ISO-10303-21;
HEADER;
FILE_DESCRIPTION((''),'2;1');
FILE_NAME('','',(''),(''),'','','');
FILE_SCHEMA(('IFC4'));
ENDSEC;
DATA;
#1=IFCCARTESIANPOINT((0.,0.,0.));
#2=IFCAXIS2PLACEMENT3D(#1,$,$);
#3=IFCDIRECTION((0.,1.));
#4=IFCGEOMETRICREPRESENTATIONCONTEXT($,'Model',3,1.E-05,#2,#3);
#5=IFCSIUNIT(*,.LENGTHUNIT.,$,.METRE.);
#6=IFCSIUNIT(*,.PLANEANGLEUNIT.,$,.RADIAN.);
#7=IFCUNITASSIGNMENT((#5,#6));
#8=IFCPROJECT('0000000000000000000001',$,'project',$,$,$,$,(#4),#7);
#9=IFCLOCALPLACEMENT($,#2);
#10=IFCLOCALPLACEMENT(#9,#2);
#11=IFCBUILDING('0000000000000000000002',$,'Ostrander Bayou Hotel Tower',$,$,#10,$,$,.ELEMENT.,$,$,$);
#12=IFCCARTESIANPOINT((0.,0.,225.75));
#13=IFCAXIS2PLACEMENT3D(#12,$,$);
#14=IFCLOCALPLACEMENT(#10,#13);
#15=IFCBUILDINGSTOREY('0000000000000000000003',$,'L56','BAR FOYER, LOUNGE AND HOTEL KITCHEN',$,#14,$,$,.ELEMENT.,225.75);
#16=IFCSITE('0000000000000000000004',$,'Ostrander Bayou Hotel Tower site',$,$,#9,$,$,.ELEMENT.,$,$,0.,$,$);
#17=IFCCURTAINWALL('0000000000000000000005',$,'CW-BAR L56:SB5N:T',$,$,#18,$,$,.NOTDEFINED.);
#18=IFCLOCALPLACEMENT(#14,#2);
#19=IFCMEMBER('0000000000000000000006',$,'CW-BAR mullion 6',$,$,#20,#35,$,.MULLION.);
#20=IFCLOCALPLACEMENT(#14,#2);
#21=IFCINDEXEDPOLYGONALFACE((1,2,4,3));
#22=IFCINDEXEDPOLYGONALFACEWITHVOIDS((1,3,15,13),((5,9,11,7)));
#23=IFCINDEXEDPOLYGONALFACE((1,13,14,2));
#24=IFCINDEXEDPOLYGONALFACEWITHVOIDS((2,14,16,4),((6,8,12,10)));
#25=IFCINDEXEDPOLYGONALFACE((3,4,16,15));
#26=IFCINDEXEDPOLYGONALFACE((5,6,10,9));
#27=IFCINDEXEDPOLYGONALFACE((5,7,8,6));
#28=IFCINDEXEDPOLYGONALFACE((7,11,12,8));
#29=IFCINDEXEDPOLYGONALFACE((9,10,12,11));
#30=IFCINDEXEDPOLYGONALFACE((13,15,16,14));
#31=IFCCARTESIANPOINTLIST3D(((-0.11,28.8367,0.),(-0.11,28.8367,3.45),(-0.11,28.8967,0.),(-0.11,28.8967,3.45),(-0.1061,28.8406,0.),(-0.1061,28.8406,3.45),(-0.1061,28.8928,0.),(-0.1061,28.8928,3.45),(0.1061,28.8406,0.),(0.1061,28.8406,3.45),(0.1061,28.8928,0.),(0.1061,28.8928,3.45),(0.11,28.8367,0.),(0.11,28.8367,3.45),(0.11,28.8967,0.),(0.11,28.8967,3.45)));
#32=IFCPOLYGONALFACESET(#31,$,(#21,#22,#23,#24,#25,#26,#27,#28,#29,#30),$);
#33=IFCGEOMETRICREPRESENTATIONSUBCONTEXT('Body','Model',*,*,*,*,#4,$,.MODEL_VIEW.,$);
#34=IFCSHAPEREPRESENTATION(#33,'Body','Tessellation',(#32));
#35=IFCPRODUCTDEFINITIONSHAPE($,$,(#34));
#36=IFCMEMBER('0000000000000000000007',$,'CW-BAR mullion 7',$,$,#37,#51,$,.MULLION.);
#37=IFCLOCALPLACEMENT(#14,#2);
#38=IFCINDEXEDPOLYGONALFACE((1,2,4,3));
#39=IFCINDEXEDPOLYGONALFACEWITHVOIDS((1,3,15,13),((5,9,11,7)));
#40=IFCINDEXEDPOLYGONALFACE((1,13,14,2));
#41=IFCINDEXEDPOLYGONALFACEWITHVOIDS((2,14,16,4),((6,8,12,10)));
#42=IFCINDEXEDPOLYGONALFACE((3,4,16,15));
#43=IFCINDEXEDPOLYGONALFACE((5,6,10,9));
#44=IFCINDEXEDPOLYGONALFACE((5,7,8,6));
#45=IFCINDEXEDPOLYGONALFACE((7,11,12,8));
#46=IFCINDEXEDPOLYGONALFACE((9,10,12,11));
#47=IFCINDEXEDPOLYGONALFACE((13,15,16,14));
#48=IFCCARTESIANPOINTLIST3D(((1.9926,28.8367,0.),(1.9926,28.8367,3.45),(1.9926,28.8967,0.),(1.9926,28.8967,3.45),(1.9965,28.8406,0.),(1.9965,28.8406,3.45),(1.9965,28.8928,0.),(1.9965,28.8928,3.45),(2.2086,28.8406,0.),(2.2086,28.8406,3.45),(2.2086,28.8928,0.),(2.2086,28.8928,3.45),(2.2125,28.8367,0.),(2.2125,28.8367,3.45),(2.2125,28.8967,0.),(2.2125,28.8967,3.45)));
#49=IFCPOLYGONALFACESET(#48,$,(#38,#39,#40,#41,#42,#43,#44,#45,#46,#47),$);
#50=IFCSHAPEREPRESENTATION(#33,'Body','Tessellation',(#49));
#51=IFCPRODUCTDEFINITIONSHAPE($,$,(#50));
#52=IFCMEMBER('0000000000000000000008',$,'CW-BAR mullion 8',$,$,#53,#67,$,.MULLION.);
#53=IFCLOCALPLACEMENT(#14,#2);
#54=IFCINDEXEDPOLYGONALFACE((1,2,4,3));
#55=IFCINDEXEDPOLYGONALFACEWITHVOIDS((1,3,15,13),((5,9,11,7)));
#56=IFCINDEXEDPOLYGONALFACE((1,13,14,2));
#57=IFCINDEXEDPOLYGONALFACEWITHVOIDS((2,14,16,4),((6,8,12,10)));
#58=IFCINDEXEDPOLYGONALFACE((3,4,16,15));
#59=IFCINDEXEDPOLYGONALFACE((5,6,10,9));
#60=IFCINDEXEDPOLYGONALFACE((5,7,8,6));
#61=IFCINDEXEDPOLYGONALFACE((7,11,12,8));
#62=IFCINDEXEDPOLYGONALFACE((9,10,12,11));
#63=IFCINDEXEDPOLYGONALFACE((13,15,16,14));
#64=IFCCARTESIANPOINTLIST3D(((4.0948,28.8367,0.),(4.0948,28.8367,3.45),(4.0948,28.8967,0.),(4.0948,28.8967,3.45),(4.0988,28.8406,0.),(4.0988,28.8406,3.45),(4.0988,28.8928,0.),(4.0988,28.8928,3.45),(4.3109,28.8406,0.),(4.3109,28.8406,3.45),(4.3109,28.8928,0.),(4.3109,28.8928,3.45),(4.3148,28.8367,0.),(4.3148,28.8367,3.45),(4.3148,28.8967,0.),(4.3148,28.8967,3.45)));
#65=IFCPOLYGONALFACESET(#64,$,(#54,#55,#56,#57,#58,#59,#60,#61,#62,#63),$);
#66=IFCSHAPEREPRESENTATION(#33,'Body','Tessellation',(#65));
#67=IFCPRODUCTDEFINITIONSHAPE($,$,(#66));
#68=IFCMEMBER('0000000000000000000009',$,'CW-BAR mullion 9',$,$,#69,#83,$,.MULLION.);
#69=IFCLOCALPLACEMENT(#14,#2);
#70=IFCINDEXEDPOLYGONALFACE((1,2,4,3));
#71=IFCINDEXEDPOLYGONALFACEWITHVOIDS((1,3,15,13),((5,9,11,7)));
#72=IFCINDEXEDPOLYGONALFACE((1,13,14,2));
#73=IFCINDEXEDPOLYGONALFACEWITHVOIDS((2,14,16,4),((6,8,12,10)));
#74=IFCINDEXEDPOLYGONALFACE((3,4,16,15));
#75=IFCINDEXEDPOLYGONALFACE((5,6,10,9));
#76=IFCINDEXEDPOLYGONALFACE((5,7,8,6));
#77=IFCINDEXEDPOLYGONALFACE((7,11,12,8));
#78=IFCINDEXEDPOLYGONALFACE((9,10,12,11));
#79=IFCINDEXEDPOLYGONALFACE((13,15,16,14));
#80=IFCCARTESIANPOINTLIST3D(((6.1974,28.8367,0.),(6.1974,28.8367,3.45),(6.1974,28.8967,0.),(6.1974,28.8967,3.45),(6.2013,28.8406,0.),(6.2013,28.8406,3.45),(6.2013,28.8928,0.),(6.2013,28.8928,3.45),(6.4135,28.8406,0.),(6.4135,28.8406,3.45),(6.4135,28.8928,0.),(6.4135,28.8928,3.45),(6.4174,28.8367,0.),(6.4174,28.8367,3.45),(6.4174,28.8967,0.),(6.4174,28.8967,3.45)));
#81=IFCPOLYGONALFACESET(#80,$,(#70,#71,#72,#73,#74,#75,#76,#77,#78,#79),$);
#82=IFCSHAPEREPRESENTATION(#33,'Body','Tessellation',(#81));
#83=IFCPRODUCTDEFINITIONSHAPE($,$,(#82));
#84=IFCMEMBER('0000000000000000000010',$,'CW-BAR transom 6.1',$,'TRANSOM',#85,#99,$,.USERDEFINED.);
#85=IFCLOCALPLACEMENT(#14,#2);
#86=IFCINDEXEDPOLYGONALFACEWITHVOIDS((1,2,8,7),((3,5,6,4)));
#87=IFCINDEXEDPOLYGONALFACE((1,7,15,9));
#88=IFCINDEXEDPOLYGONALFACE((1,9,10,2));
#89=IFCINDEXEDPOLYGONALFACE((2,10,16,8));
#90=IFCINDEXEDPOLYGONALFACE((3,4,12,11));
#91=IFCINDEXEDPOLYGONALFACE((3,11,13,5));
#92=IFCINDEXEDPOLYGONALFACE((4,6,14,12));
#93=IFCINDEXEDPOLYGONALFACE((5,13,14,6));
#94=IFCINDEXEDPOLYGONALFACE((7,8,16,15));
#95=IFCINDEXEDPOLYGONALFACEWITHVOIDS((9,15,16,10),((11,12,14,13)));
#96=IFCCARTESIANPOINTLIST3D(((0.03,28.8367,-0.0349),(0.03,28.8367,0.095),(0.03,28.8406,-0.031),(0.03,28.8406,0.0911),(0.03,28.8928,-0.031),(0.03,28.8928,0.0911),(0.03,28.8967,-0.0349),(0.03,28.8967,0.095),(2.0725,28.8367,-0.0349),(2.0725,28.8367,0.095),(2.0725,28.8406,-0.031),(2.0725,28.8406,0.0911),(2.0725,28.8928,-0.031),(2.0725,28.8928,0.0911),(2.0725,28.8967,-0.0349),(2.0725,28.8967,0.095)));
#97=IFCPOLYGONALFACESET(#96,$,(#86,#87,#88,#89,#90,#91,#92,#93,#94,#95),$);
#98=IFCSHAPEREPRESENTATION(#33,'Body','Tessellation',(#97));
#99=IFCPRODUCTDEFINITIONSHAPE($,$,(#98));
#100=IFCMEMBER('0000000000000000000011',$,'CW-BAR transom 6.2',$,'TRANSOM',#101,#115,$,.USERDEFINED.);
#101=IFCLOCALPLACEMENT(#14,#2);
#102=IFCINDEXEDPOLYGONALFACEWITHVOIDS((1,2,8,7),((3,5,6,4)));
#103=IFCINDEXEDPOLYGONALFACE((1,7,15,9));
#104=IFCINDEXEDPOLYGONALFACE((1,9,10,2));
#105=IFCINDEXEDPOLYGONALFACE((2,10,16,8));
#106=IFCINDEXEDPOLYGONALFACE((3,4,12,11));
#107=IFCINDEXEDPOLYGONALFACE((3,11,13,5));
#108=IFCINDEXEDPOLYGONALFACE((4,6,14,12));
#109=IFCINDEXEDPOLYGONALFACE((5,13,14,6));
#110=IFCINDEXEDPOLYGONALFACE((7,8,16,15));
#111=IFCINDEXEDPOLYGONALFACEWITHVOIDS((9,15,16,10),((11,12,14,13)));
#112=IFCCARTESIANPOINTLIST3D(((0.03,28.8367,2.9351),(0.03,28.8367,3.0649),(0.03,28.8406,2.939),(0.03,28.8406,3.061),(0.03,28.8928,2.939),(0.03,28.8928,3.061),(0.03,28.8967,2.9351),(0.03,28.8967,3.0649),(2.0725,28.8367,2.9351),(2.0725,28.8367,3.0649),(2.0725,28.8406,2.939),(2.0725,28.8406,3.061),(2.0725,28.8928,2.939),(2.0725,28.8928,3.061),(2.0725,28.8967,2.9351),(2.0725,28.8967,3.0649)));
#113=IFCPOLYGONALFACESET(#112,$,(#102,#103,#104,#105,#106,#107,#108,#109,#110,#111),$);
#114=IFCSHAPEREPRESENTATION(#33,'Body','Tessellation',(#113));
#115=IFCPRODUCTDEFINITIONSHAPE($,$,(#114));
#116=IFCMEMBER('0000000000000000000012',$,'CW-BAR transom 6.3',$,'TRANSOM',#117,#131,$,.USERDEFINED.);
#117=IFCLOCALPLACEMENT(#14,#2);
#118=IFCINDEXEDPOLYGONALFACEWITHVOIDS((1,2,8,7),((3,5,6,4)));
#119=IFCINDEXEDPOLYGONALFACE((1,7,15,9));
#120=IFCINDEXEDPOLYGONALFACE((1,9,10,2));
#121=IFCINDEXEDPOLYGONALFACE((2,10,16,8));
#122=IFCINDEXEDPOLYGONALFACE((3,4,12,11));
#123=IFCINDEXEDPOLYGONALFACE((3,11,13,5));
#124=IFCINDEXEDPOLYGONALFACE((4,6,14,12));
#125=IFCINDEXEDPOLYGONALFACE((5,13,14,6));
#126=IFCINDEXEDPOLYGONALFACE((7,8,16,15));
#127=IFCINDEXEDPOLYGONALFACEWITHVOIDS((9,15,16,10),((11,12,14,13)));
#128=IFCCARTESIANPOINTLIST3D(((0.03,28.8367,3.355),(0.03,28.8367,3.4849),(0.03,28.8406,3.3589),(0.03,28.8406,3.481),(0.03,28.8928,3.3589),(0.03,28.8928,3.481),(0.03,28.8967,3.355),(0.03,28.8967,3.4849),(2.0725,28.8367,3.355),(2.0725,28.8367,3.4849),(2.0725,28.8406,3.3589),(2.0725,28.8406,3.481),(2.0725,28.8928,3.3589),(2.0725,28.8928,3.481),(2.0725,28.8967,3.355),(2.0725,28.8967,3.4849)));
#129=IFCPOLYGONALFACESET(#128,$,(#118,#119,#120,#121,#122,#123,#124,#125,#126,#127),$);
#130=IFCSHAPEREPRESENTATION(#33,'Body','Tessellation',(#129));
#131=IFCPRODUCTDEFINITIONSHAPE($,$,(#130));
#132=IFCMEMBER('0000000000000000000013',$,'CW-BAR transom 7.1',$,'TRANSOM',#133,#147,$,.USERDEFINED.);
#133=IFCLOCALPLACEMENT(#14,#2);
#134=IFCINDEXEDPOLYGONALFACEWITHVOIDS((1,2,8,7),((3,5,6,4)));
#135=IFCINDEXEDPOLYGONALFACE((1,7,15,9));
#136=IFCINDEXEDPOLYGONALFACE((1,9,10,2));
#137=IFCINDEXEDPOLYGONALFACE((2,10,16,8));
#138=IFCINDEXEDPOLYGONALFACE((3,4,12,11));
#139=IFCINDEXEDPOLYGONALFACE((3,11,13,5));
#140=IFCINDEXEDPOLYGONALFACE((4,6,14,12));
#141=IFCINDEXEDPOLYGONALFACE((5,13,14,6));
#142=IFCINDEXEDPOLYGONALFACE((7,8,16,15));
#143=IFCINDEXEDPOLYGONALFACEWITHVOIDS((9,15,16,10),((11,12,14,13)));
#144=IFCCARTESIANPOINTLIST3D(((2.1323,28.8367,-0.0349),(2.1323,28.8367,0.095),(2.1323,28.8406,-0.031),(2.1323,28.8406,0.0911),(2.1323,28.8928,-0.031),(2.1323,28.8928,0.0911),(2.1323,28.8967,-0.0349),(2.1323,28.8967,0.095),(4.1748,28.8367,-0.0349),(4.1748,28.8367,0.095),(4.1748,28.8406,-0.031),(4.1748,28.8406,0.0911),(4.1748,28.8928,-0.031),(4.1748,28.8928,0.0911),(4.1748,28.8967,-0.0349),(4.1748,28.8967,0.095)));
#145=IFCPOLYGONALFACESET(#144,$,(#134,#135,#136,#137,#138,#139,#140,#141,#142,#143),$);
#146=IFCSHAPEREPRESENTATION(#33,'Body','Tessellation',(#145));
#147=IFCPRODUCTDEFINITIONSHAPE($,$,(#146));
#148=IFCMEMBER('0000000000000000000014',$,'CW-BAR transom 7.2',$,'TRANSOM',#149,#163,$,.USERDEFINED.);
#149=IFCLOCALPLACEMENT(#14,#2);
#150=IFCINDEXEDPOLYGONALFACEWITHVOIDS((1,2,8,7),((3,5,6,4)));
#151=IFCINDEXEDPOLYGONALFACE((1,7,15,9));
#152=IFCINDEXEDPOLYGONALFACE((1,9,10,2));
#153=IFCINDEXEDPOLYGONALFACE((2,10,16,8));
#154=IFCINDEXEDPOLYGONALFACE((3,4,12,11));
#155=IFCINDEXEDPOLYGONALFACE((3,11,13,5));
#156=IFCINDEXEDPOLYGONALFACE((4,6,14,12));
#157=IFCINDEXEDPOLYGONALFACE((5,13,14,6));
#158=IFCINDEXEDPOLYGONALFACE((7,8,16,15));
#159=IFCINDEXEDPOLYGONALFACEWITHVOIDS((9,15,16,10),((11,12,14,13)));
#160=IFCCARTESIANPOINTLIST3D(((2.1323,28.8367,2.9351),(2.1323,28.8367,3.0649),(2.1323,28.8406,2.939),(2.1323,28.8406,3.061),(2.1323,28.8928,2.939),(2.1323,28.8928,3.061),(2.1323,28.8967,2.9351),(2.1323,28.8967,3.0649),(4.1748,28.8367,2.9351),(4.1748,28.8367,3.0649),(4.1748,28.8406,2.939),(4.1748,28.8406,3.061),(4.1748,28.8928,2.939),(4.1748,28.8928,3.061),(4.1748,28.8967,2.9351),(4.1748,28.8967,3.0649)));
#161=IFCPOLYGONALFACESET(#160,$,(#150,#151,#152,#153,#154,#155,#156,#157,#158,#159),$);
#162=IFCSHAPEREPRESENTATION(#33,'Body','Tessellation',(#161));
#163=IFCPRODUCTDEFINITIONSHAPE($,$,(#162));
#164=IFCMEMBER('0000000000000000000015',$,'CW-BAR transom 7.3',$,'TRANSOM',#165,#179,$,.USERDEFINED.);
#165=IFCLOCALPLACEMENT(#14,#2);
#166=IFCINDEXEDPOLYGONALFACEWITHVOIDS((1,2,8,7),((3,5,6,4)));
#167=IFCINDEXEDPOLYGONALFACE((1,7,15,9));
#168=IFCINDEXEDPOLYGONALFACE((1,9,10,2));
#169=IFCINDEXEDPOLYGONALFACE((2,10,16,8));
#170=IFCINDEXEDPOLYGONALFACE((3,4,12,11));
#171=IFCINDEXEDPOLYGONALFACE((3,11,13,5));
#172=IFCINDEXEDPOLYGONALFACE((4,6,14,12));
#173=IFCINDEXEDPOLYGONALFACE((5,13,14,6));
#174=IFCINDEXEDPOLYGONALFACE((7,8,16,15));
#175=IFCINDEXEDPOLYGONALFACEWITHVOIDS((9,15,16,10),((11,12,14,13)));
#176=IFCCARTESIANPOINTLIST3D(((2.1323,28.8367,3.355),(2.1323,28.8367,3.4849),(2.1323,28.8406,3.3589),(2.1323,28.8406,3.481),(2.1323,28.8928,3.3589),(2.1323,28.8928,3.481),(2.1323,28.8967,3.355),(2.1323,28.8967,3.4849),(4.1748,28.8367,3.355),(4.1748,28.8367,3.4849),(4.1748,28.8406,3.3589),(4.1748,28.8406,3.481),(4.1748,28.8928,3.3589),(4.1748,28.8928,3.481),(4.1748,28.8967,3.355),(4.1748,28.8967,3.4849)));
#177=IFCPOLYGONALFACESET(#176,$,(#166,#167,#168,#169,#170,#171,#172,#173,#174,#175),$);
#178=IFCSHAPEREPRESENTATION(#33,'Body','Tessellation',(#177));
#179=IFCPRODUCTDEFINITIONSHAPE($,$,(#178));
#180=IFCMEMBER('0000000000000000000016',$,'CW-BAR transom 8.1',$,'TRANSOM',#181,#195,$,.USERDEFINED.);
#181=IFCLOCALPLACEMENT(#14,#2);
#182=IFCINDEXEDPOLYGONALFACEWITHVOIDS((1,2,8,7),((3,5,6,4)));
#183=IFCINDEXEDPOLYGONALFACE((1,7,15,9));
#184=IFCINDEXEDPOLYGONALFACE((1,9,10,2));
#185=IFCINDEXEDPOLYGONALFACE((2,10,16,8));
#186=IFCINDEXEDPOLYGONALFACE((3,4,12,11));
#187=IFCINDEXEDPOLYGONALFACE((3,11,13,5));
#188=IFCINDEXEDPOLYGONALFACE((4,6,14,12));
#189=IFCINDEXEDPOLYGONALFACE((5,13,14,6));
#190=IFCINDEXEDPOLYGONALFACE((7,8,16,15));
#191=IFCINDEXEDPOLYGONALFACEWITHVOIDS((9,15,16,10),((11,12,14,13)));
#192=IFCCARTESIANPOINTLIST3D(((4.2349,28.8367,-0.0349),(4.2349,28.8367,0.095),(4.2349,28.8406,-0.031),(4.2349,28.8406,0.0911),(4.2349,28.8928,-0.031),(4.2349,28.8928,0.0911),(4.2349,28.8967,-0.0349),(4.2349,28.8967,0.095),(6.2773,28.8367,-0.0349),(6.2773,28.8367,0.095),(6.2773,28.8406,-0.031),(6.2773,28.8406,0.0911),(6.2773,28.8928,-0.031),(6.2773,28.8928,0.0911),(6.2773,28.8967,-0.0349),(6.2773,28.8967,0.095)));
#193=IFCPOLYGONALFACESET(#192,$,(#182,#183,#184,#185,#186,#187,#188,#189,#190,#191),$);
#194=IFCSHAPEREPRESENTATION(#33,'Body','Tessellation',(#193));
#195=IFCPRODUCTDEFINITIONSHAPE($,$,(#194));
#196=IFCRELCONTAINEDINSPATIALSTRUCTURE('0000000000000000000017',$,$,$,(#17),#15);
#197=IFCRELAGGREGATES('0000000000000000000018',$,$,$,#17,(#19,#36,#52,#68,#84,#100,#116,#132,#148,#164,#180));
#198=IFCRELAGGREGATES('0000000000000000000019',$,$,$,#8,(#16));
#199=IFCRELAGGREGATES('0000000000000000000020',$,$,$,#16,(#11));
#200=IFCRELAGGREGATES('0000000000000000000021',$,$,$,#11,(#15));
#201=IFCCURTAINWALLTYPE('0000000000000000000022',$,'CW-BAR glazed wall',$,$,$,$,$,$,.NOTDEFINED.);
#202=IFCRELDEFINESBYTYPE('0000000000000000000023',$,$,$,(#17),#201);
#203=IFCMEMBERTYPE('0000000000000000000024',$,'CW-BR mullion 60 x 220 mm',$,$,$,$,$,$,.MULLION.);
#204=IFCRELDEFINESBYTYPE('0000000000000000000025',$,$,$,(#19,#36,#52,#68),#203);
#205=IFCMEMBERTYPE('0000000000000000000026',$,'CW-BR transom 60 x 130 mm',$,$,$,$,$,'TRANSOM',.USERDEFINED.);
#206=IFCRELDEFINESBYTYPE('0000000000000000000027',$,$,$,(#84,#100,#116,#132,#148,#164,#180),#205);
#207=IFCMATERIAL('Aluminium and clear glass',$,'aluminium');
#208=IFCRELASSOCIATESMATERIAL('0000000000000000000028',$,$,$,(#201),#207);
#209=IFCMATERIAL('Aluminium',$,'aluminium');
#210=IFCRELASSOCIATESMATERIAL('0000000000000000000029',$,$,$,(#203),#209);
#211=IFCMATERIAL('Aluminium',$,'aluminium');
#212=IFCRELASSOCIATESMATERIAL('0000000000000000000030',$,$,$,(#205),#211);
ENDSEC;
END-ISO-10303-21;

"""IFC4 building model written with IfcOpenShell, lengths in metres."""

from ifc_helpers import new_model, si_unit, direction, frame, origin, origin_2d, place, context, subcontext, project, spatial, hollow_rectangle, extrude, material, material_profile, profile_set, type_object, element, aggregate, save


model = new_model("IFC4")

# Units and contexts
model_context = context("Model", 3, precision=1e-05, world=origin(), true_north=direction((0.0, 1.0)))
body_context = subcontext(model_context, "Body", "Model", "MODEL_VIEW")
ifc_project = project(units=[si_unit("LENGTHUNIT", "METRE"), si_unit("PLANEANGLEUNIT", "RADIAN")], contexts=[model_context])

# Site, building, storey
site_placement = place(None, origin())
site = spatial("IfcSite", under=ifc_project, at=site_placement, Name="Ostrander Bayou Hotel Tower site", CompositionType="ELEMENT", RefElevation=0.0)
building_placement = place(site_placement, origin())
building = spatial("IfcBuilding", under=site, at=building_placement, Name="Ostrander Bayou Hotel Tower", CompositionType="ELEMENT")
storey_placement = place(building_placement, frame((0.0, 0.0, 225.75)))
storey = spatial("IfcBuildingStorey", under=building, at=storey_placement, Name="L56", Description="BAR FOYER, LOUNGE AND HOTEL KITCHEN", CompositionType="ELEMENT", Elevation=225.75)

# Curtain wall, members
ifc_material_1 = material(Name="Aluminium and clear glass", Category="aluminium")
curtain_wall_type = type_object("IfcCurtainWallType", Name="CW-BAR glazed wall", PredefinedType="NOTDEFINED", material=ifc_material_1)
curtain_wall_placement = place(storey_placement, origin())
curtain_wall = element("IfcCurtainWall", 1, at=curtain_wall_placement, inside=storey, type_object=curtain_wall_type, Name="CW-BAR L56:SB5N:T", PredefinedType="NOTDEFINED")
ifc_material_2 = material(Name="Aluminium", Category="aluminium")
ifc_material_profile_1 = material_profile(ifc_material_2, hollow_rectangle(XDim=0.0601, YDim=0.22, WallThickness=0.0039, at=origin_2d()))
ifc_profile_set_1 = profile_set([ifc_material_profile_1], Name="Aluminium")
member_type_1 = type_object("IfcMemberType", Name="CW-BR mullion 60 x 220 mm", PredefinedType="MULLION", material=ifc_profile_set_1)
member_1_placement = place(storey_placement, frame((0.0, 28.8667, 0.0), z_axis=(0.0, 0.0, 1.0), x_axis=(0.0, 1.0, 0.0)))
member_1 = element("IfcMember", 2, at=member_1_placement, type_object=member_type_1, Name="CW-BAR mullion 6", PredefinedType="MULLION", context=body_context, shape_type="SweptSolid", body=[
    extrude(hollow_rectangle(XDim=0.0601, YDim=0.22, WallThickness=0.0039, at=origin_2d()), origin(), (0.0, 0.0, 1.0), 3.45),
])
member_2_placement = place(storey_placement, frame((2.1025, 28.8667, 0.0), z_axis=(0.0, 0.0, 1.0), x_axis=(0.0, 1.0, 0.0)))
member_2 = element("IfcMember", 3, at=member_2_placement, type_object=member_type_1, Name="CW-BAR mullion 7", PredefinedType="MULLION", context=body_context, shape_type="SweptSolid", body=[
    extrude(hollow_rectangle(XDim=0.0601, YDim=0.22, WallThickness=0.0039, at=origin_2d()), origin(), (0.0, 0.0, 1.0), 3.45),
])
member_3_placement = place(storey_placement, frame((4.2048, 28.8667, 0.0), z_axis=(0.0, 0.0, 1.0), x_axis=(0.0, 1.0, 0.0)))
member_3 = element("IfcMember", 4, at=member_3_placement, type_object=member_type_1, Name="CW-BAR mullion 8", PredefinedType="MULLION", context=body_context, shape_type="SweptSolid", body=[
    extrude(hollow_rectangle(XDim=0.0601, YDim=0.22, WallThickness=0.0039, at=origin_2d()), origin(), (0.0, 0.0, 1.0), 3.45),
])
member_4_placement = place(storey_placement, frame((6.3074, 28.8667, 0.0), z_axis=(0.0, 0.0, 1.0), x_axis=(0.0, 1.0, 0.0)))
member_4 = element("IfcMember", 5, at=member_4_placement, type_object=member_type_1, Name="CW-BAR mullion 9", PredefinedType="MULLION", context=body_context, shape_type="SweptSolid", body=[
    extrude(hollow_rectangle(XDim=0.0601, YDim=0.22, WallThickness=0.0039, at=origin_2d()), origin(), (0.0, 0.0, 1.0), 3.45),
])
ifc_material_3 = material(Name="Aluminium", Category="aluminium")
ifc_material_profile_2 = material_profile(ifc_material_3, hollow_rectangle(XDim=0.0601, YDim=0.1299, WallThickness=0.0039, at=origin_2d()))
ifc_profile_set_2 = profile_set([ifc_material_profile_2], Name="Aluminium")
member_type_2 = type_object("IfcMemberType", Name="CW-BR transom 60 x 130 mm", ElementType="TRANSOM", PredefinedType="USERDEFINED", material=ifc_profile_set_2)
member_5_placement = place(storey_placement, frame((0.03, 28.8667, 0.03), z_axis=(1.0, 0.0, 0.0), x_axis=(0.0, 1.0, 0.0)))
member_5 = element("IfcMember", 6, at=member_5_placement, type_object=member_type_2, Name="CW-BAR transom 6.1", ObjectType="TRANSOM", PredefinedType="USERDEFINED", context=body_context, shape_type="SweptSolid", body=[
    extrude(hollow_rectangle(XDim=0.0601, YDim=0.1299, WallThickness=0.0039, at=origin_2d()), origin(), (0.0, 0.0, 1.0), 2.0425),
])
member_6_placement = place(storey_placement, frame((0.03, 28.8667, 3.0), z_axis=(1.0, 0.0, 0.0), x_axis=(0.0, 1.0, 0.0)))
member_6 = element("IfcMember", 7, at=member_6_placement, type_object=member_type_2, Name="CW-BAR transom 6.2", ObjectType="TRANSOM", PredefinedType="USERDEFINED", context=body_context, shape_type="SweptSolid", body=[
    extrude(hollow_rectangle(XDim=0.0601, YDim=0.1299, WallThickness=0.0039, at=origin_2d()), origin(), (0.0, 0.0, 1.0), 2.0425),
])
member_7_placement = place(storey_placement, frame((0.03, 28.8667, 3.4199), z_axis=(1.0, 0.0, 0.0), x_axis=(0.0, 1.0, 0.0)))
member_7 = element("IfcMember", 8, at=member_7_placement, type_object=member_type_2, Name="CW-BAR transom 6.3", ObjectType="TRANSOM", PredefinedType="USERDEFINED", context=body_context, shape_type="SweptSolid", body=[
    extrude(hollow_rectangle(XDim=0.0601, YDim=0.1299, WallThickness=0.0039, at=origin_2d()), origin(), (0.0, 0.0, 1.0), 2.0425),
])
member_8_placement = place(storey_placement, frame((2.1323, 28.8667, 0.03), z_axis=(1.0, 0.0, 0.0), x_axis=(0.0, 1.0, 0.0)))
member_8 = element("IfcMember", 9, at=member_8_placement, type_object=member_type_2, Name="CW-BAR transom 7.1", ObjectType="TRANSOM", PredefinedType="USERDEFINED", context=body_context, shape_type="SweptSolid", body=[
    extrude(hollow_rectangle(XDim=0.0601, YDim=0.1299, WallThickness=0.0039, at=origin_2d()), origin(), (0.0, 0.0, 1.0), 2.0425),
])
member_9_placement = place(storey_placement, frame((2.1323, 28.8667, 3.0), z_axis=(1.0, 0.0, 0.0), x_axis=(0.0, 1.0, 0.0)))
member_9 = element("IfcMember", 10, at=member_9_placement, type_object=member_type_2, Name="CW-BAR transom 7.2", ObjectType="TRANSOM", PredefinedType="USERDEFINED", context=body_context, shape_type="SweptSolid", body=[
    extrude(hollow_rectangle(XDim=0.0601, YDim=0.1299, WallThickness=0.0039, at=origin_2d()), origin(), (0.0, 0.0, 1.0), 2.0425),
])
member_10_placement = place(storey_placement, frame((2.1323, 28.8667, 3.4199), z_axis=(1.0, 0.0, 0.0), x_axis=(0.0, 1.0, 0.0)))
member_10 = element("IfcMember", 11, at=member_10_placement, type_object=member_type_2, Name="CW-BAR transom 7.3", ObjectType="TRANSOM", PredefinedType="USERDEFINED", context=body_context, shape_type="SweptSolid", body=[
    extrude(hollow_rectangle(XDim=0.0601, YDim=0.1299, WallThickness=0.0039, at=origin_2d()), origin(), (0.0, 0.0, 1.0), 2.0425),
])
member_11_placement = place(storey_placement, frame((4.2349, 28.8667, 0.03), z_axis=(1.0, 0.0, 0.0), x_axis=(0.0, 1.0, 0.0)))
member_11 = element("IfcMember", 12, at=member_11_placement, type_object=member_type_2, Name="CW-BAR transom 8.1", ObjectType="TRANSOM", PredefinedType="USERDEFINED", context=body_context, shape_type="SweptSolid", body=[
    extrude(hollow_rectangle(XDim=0.0601, YDim=0.1299, WallThickness=0.0039, at=origin_2d()), origin(), (0.0, 0.0, 1.0), 2.0425),
])
aggregate(curtain_wall, [member_1, member_2, member_3, member_4, member_5, member_6, member_7, member_8, member_9, member_10, member_11])

save(model, "model.ifc")
